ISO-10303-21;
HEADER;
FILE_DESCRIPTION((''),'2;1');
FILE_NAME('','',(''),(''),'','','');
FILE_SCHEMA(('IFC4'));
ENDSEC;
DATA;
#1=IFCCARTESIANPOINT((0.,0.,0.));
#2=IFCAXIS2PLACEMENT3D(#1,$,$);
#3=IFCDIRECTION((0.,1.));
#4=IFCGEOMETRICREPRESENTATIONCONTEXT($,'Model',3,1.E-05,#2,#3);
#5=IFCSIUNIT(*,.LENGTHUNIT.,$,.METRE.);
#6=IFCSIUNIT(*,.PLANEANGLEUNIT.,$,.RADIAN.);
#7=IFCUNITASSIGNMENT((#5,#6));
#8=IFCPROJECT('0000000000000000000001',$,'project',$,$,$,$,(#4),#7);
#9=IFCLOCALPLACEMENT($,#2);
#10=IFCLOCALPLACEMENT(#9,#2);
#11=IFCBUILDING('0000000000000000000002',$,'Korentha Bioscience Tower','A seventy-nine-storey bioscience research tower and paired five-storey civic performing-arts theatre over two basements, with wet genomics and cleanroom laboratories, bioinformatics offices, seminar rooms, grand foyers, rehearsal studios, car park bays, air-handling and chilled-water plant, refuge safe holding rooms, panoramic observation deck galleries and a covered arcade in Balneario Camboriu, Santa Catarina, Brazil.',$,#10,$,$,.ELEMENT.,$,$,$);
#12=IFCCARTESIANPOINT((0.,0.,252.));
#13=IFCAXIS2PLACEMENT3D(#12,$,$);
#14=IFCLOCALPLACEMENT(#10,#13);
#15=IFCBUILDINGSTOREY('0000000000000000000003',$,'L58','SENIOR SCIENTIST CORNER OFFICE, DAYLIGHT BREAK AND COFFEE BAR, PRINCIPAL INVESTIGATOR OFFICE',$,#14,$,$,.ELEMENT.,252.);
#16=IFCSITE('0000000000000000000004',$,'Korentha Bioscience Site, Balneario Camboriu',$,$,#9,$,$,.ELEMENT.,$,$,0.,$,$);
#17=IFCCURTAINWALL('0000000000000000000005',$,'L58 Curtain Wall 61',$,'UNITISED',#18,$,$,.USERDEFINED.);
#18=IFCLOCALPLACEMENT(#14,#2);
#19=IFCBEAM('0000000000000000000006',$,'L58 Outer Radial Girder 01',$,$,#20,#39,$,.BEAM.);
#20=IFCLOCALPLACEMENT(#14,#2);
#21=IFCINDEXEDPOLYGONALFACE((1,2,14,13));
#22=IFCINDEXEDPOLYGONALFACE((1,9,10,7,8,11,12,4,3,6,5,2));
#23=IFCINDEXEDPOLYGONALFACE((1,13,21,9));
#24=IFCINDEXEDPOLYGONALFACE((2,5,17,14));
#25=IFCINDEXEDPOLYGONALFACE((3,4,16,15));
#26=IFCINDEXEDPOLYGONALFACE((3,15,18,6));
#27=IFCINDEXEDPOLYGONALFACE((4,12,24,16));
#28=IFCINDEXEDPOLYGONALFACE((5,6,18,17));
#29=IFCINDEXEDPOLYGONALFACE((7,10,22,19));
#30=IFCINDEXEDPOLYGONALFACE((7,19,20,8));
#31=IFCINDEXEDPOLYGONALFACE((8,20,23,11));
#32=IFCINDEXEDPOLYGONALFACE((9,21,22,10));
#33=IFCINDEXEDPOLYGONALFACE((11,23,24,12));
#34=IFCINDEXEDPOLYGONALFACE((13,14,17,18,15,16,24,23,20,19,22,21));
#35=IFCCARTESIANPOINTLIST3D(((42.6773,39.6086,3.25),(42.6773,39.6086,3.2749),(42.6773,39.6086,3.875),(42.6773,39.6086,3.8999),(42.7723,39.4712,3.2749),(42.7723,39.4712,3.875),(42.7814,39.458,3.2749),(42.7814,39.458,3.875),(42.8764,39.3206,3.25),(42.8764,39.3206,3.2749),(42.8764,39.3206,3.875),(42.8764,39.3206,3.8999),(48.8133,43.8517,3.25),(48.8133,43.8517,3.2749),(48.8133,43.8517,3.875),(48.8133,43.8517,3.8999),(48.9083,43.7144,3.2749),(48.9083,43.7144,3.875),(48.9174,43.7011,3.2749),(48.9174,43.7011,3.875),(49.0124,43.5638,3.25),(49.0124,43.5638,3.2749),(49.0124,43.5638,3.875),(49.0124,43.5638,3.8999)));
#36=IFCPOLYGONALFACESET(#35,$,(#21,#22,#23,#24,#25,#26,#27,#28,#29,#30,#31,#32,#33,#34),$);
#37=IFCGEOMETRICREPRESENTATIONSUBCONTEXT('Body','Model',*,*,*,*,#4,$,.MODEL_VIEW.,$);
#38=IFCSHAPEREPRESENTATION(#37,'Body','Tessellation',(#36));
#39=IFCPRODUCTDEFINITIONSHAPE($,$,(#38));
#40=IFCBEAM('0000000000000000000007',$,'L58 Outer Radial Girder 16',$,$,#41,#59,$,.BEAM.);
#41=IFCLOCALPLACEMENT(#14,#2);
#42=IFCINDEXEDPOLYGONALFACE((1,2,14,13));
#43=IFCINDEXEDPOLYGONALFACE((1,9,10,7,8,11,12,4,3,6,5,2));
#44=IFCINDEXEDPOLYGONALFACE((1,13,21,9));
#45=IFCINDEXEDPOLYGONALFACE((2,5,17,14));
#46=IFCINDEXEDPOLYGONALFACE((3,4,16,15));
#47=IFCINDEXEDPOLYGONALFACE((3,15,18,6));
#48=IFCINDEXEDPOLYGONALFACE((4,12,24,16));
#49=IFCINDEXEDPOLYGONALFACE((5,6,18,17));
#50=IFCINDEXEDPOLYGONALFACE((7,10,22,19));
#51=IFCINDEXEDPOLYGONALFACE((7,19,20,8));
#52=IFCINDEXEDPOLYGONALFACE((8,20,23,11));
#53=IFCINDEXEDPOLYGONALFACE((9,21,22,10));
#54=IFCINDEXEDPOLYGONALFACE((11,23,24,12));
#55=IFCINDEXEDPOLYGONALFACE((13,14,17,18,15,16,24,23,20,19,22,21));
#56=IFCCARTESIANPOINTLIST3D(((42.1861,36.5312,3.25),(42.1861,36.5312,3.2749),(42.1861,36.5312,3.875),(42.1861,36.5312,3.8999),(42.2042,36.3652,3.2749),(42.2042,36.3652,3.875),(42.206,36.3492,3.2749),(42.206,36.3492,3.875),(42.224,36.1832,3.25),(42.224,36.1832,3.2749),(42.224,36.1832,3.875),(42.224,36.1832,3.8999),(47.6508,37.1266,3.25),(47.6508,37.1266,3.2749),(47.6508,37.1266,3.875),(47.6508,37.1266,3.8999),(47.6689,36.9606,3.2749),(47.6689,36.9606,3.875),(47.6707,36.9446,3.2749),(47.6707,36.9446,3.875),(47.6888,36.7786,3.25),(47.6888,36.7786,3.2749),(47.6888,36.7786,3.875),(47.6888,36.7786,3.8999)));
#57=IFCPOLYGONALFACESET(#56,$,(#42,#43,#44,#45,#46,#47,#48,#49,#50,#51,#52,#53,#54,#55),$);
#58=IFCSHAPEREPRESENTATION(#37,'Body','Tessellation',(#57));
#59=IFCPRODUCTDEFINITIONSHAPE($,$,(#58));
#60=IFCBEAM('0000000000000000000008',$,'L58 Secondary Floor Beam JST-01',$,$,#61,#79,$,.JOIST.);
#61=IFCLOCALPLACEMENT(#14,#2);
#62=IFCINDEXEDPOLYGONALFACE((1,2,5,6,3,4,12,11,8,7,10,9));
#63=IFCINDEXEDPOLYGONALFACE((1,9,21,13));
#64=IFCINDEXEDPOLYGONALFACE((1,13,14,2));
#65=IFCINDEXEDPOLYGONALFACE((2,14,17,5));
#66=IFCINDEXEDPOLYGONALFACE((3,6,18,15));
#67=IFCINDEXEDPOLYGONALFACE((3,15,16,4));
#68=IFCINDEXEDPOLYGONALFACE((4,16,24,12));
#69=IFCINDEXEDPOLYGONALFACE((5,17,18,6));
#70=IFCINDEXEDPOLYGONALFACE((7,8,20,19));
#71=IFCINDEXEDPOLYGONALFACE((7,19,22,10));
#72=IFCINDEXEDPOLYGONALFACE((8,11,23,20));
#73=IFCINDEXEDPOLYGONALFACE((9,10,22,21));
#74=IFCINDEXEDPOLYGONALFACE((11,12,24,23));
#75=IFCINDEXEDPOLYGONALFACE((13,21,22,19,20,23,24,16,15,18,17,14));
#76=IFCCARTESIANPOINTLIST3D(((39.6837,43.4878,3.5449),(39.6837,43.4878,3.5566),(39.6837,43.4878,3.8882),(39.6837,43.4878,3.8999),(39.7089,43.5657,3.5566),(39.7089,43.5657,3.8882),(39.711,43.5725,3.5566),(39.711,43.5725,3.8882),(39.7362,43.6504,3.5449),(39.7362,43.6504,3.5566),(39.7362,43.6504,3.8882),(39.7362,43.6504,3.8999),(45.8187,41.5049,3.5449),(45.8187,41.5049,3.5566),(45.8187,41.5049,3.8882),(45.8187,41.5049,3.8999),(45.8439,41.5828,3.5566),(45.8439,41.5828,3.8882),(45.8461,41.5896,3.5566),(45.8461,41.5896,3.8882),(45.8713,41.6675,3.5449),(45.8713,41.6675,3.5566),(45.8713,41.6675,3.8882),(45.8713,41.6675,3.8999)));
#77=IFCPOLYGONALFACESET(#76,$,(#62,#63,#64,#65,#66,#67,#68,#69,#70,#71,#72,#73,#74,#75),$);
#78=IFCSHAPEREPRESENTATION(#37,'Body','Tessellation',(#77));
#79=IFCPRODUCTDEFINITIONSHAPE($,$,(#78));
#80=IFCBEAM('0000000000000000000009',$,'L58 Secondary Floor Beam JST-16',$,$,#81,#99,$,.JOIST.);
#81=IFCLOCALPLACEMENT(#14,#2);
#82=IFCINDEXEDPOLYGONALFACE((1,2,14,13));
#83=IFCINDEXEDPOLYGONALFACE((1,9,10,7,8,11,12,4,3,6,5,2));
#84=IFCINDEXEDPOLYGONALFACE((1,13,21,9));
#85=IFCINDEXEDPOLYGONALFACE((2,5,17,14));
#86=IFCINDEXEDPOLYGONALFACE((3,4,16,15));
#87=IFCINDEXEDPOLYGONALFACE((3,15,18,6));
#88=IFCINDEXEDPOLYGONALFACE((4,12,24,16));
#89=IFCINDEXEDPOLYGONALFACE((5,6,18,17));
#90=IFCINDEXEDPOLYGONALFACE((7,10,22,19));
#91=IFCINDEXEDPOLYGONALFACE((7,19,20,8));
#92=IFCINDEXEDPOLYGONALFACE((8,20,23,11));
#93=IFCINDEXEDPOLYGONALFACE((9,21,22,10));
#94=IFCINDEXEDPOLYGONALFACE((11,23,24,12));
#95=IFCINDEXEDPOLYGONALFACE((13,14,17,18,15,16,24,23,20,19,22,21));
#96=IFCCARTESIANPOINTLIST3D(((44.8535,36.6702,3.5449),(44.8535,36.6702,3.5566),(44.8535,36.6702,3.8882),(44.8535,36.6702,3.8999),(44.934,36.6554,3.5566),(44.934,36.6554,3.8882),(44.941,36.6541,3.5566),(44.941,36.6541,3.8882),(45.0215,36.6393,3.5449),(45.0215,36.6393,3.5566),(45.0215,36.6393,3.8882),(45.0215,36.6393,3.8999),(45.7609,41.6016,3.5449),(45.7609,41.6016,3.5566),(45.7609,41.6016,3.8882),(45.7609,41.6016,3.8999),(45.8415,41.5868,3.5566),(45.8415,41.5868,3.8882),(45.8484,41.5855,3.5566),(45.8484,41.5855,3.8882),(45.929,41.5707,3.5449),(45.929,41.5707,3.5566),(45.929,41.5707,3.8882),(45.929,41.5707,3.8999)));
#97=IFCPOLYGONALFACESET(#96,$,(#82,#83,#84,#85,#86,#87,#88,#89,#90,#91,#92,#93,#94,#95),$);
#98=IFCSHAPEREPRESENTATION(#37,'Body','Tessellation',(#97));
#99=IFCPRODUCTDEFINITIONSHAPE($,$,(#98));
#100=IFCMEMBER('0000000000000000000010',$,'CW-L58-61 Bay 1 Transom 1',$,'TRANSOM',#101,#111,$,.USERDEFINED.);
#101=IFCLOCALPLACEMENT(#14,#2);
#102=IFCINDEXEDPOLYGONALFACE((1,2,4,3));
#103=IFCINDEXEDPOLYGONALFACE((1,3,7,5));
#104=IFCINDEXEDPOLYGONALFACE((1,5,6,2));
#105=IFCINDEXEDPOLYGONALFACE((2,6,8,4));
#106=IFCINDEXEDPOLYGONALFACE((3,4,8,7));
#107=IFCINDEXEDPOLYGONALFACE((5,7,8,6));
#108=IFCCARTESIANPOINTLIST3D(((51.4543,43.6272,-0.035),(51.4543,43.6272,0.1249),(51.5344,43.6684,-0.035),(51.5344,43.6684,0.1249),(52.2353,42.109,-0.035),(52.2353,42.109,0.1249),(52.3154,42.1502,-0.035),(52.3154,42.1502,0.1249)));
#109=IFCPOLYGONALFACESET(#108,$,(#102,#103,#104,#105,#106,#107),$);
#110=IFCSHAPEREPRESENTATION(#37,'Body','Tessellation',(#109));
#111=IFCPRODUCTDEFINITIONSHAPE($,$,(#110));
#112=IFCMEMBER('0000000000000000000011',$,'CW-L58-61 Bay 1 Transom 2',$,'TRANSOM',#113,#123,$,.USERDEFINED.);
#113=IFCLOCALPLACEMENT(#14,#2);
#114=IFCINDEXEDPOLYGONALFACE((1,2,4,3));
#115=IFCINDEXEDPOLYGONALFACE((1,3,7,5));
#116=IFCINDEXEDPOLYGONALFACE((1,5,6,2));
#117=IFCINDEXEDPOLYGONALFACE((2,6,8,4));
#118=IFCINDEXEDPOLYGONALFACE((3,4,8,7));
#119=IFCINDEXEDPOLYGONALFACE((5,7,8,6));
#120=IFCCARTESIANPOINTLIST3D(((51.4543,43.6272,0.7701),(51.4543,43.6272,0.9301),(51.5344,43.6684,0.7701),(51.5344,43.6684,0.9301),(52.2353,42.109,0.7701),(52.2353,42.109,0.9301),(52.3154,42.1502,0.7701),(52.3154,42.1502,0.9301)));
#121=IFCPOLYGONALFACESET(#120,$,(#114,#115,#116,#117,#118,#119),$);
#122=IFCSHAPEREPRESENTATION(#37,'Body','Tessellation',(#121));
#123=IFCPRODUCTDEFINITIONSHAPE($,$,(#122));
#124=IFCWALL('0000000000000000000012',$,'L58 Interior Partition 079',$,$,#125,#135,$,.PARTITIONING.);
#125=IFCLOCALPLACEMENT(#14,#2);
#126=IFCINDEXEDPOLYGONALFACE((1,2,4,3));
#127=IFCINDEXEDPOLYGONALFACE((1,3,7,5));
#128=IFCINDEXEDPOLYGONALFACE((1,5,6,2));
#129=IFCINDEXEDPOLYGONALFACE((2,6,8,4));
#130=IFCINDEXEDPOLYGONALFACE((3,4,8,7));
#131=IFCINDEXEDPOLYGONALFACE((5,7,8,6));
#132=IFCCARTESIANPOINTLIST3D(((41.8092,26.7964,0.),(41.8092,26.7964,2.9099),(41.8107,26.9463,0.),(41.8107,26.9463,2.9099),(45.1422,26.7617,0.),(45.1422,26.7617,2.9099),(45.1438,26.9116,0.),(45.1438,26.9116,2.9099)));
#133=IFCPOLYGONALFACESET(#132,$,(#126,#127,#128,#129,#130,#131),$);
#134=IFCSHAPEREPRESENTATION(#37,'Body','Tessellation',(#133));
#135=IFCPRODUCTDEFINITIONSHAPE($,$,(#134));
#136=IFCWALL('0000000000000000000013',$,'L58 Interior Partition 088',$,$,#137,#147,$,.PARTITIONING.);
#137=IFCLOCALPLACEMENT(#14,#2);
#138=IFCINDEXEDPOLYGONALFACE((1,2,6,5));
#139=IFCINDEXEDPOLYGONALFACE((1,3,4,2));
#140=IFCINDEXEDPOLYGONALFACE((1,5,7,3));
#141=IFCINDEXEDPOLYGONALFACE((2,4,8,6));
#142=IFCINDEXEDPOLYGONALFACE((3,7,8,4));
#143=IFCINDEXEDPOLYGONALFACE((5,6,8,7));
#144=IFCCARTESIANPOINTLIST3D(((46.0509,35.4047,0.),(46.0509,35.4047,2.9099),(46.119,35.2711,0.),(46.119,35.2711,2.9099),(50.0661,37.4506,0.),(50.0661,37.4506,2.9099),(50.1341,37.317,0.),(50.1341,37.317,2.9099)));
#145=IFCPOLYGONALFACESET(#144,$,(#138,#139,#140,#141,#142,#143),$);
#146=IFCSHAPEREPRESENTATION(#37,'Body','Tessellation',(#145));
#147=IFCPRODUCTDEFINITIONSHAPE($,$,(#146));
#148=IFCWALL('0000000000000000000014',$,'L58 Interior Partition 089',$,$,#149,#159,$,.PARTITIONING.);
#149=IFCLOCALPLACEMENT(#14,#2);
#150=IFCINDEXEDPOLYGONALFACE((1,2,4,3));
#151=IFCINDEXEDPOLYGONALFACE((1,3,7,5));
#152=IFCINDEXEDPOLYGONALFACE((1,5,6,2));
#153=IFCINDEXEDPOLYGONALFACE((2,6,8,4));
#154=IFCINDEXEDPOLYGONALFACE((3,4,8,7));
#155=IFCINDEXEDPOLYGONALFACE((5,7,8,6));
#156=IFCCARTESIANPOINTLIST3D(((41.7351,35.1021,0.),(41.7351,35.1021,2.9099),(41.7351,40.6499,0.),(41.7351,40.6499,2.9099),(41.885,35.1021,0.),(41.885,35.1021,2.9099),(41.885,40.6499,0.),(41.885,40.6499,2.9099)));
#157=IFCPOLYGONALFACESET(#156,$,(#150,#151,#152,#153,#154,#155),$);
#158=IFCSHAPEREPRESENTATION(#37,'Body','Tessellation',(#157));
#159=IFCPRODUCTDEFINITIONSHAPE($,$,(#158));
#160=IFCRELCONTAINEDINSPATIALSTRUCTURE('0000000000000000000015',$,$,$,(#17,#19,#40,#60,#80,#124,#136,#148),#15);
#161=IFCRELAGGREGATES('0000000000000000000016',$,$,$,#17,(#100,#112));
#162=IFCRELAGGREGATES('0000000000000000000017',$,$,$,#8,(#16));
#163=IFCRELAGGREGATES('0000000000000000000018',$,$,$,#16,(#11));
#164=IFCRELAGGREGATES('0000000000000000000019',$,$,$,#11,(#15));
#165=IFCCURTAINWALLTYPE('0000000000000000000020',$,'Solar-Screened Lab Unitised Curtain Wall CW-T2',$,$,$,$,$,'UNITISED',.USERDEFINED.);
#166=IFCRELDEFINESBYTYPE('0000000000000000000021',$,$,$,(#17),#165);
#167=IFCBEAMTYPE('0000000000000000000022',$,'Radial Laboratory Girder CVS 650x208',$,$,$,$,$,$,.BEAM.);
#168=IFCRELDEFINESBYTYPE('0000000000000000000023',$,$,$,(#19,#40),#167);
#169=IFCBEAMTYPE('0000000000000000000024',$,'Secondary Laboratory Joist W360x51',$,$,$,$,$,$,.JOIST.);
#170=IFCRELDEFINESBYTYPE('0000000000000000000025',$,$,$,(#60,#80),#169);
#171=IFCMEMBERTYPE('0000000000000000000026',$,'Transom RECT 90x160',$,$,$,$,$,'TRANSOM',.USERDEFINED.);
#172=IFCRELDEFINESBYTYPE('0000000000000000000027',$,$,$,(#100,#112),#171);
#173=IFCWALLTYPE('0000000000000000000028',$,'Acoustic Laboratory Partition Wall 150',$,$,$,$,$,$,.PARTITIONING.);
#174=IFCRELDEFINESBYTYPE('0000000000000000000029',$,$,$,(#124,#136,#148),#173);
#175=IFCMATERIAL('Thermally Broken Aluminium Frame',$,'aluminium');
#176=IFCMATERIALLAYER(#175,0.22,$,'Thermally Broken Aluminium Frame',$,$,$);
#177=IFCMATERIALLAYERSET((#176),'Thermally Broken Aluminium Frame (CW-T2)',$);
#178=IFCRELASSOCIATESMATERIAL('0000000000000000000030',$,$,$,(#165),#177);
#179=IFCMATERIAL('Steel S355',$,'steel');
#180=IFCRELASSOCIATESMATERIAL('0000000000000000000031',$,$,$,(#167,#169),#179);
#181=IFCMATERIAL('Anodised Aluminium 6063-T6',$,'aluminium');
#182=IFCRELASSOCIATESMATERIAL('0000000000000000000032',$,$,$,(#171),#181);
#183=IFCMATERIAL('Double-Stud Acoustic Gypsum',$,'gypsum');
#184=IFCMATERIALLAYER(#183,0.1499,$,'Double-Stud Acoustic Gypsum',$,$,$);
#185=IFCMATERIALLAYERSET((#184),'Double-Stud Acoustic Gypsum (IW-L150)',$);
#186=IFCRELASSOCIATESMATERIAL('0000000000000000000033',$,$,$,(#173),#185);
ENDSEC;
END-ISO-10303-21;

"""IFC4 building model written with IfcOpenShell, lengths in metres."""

from ifc_helpers import new_model, si_unit, direction, frame, frame_2d, origin, origin_2d, place, context, subcontext, project, spatial, rectangle, i_section, extrude, material, layer, layer_set, material_profile, profile_set, type_object, element, aggregate, save


model = new_model("IFC4")

# Units and contexts
model_context = context("Model", 3, precision=1e-05, world=origin(), true_north=direction((0.0, 1.0)))
body_context = subcontext(model_context, "Body", "Model", "MODEL_VIEW")
ifc_project = project(units=[si_unit("LENGTHUNIT", "METRE"), si_unit("PLANEANGLEUNIT", "RADIAN")], contexts=[model_context])

# Site, building, storey
site_placement = place(None, origin())
site = spatial("IfcSite", under=ifc_project, at=site_placement, Name="Korentha Bioscience Site, Balneario Camboriu", CompositionType="ELEMENT", RefElevation=0.0)
building_placement = place(site_placement, origin())
building = spatial("IfcBuilding", under=site, at=building_placement, Name="Korentha Bioscience Tower", Description="A seventy-nine-storey bioscience research tower and paired five-storey civic performing-arts theatre over two basements, with wet genomics and cleanroom laboratories, bioinformatics offices, seminar rooms, grand foyers, rehearsal studios, car park bays, air-handling and chilled-water plant, refuge safe holding rooms, panoramic observation deck galleries and a covered arcade in Balneario Camboriu, Santa Catarina, Brazil.", CompositionType="ELEMENT")
storey_placement = place(building_placement, frame((0.0, 0.0, 252.0)))
storey = spatial("IfcBuildingStorey", under=building, at=storey_placement, Name="L58", Description="SENIOR SCIENTIST CORNER OFFICE, DAYLIGHT BREAK AND COFFEE BAR, PRINCIPAL INVESTIGATOR OFFICE", CompositionType="ELEMENT", Elevation=252.0)

# Shared definitions
ifc_material_1 = material(Name="Steel S355", Category="steel")

# Curtain wall
ifc_material_2 = material(Name="Thermally Broken Aluminium Frame", Category="aluminium")
ifc_layer_1 = layer(ifc_material_2, 0.22, Name="Thermally Broken Aluminium Frame")
ifc_layer_set_1 = layer_set([ifc_layer_1], Name="Thermally Broken Aluminium Frame (CW-T2)")
curtain_wall_type = type_object("IfcCurtainWallType", Name="Solar-Screened Lab Unitised Curtain Wall CW-T2", ElementType="UNITISED", PredefinedType="USERDEFINED", material=ifc_layer_set_1)
curtain_wall_placement = place(storey_placement, origin())
curtain_wall = element("IfcCurtainWall", 1, at=curtain_wall_placement, inside=storey, type_object=curtain_wall_type, Name="L58 Curtain Wall 61", ObjectType="UNITISED", PredefinedType="USERDEFINED")
ifc_material_3 = material(Name="Anodised Aluminium 6063-T6", Category="aluminium")

# Beams
ifc_material_profile_1 = material_profile(ifc_material_1, i_section(OverallWidth=0.3501, OverallDepth=0.6499, WebThickness=0.0161, FlangeThickness=0.0249, at=origin_2d()), Name="Steel S355")
ifc_profile_set_1 = profile_set([ifc_material_profile_1], Name="Steel S355 (RB-650)")
beam_type_1 = type_object("IfcBeamType", Name="Radial Laboratory Girder CVS 650x208", PredefinedType="BEAM", material=ifc_profile_set_1)
beam_1_placement = place(storey_placement, frame((42.7769, 39.4646, 3.575), z_axis=(0.822495, 0.568773, 0.0), x_axis=(-0.568773, 0.822495, 0.0)))
element("IfcBeam", 2, at=beam_1_placement, inside=storey, type_object=beam_type_1, Name="L58 Outer Radial Girder 01", PredefinedType="BEAM", context=body_context, shape_type="SweptSolid", body=[
    extrude(i_section(OverallWidth=0.3501, OverallDepth=0.6499, WebThickness=0.0161, FlangeThickness=0.0249, at=origin_2d()), origin(), (0.0, 0.0, 1.0), 7.4602),
])
beam_2_placement = place(storey_placement, frame((42.2051, 36.3572, 3.575), z_axis=(0.994116, 0.108321, 0.0), x_axis=(-0.108321, 0.994116, 0.0)))
element("IfcBeam", 3, at=beam_2_placement, inside=storey, type_object=beam_type_1, Name="L58 Outer Radial Girder 16", PredefinedType="BEAM", context=body_context, shape_type="SweptSolid", body=[
    extrude(i_section(OverallWidth=0.3501, OverallDepth=0.6499, WebThickness=0.0161, FlangeThickness=0.0249, at=origin_2d()), origin(), (0.0, 0.0, 1.0), 5.4971),
])
ifc_material_profile_2 = material_profile(ifc_material_1, i_section(OverallWidth=0.1709, OverallDepth=0.355, WebThickness=0.0071, FlangeThickness=0.0117, at=origin_2d()), Name="Steel S355")
ifc_profile_set_2 = profile_set([ifc_material_profile_2], Name="Steel S355 (JB-360)")
beam_type_2 = type_object("IfcBeamType", Name="Secondary Laboratory Joist W360x51", PredefinedType="JOIST", material=ifc_profile_set_2)
beam_3_placement = place(storey_placement, frame((45.845, 41.5862, 3.7224), z_axis=(-0.951533, 0.307547, 0.0), x_axis=(-0.307547, -0.951533, 0.0)))
element("IfcBeam", 4, at=beam_3_placement, inside=storey, type_object=beam_type_2, Name="L58 Secondary Floor Beam JST-01", PredefinedType="JOIST", context=body_context, shape_type="SweptSolid", body=[
    extrude(i_section(OverallWidth=0.1709, OverallDepth=0.355, WebThickness=0.0071, FlangeThickness=0.0117, at=origin_2d()), origin(), (0.0, 0.0, 1.0), 6.4475),
])
beam_4_placement = place(storey_placement, frame((44.9375, 36.6548, 3.7224), z_axis=(0.18098, 0.983487, 0.0), x_axis=(-0.983487, 0.18098, 0.0)))
element("IfcBeam", 5, at=beam_4_placement, inside=storey, type_object=beam_type_2, Name="L58 Secondary Floor Beam JST-16", PredefinedType="JOIST", context=body_context, shape_type="SweptSolid", body=[
    extrude(i_section(OverallWidth=0.1709, OverallDepth=0.355, WebThickness=0.0071, FlangeThickness=0.0117, at=origin_2d()), origin(), (0.0, 0.0, 1.0), 5.0142),
])

# Members
ifc_material_profile_3 = material_profile(ifc_material_3, rectangle(XDim=0.0901, YDim=0.1599, at=origin_2d()), Name="Anodised Aluminium 6063-T6")
ifc_profile_set_3 = profile_set([ifc_material_profile_3], Name="Anodised Aluminium 6063-T6 (CW-TRN)")
member_type_1 = type_object("IfcMemberType", Name="Transom RECT 90x160", ElementType="TRANSOM", PredefinedType="USERDEFINED", material=ifc_profile_set_3)
member_1_placement = place(storey_placement, frame((52.2754, 42.1296, 0.0449), z_axis=(-0.45748, 0.88922, 0.0), x_axis=(-0.88922, -0.45748, 0.0)))
member_1 = element("IfcMember", 6, at=member_1_placement, type_object=member_type_1, Name="CW-L58-61 Bay 1 Transom 1", ObjectType="TRANSOM", PredefinedType="USERDEFINED", context=body_context, shape_type="SweptSolid", body=[
    extrude(rectangle(XDim=0.0901, YDim=0.1599, at=origin_2d()), origin(), (0.0, 0.0, 1.0), 1.7073),
])
member_2_placement = place(storey_placement, frame((52.2754, 42.1296, 0.8501), z_axis=(-0.45748, 0.88922, 0.0), x_axis=(-0.88922, -0.45748, 0.0)))
member_2 = element("IfcMember", 7, at=member_2_placement, type_object=member_type_1, Name="CW-L58-61 Bay 1 Transom 2", ObjectType="TRANSOM", PredefinedType="USERDEFINED", context=body_context, shape_type="SweptSolid", body=[
    extrude(rectangle(XDim=0.0901, YDim=0.1599, at=origin_2d()), origin(), (0.0, 0.0, 1.0), 1.7073),
])
aggregate(curtain_wall, [member_1, member_2])

# Shared definitions
ifc_material_4 = material(Name="Double-Stud Acoustic Gypsum", Category="gypsum")
ifc_layer_2 = layer(ifc_material_4, 0.1499, Name="Double-Stud Acoustic Gypsum")
ifc_layer_set_2 = layer_set([ifc_layer_2], Name="Double-Stud Acoustic Gypsum (IW-L150)")
wall_type_1 = type_object("IfcWallType", Name="Acoustic Laboratory Partition Wall 150", PredefinedType="PARTITIONING", material=ifc_layer_set_2)

# Walls
wall_1_placement = place(storey_placement, frame((41.8101, 26.8713, 0.0), z_axis=(0.0, 0.0, 1.0), x_axis=(0.999946, -0.010401, 0.0)))
element("IfcWall", 8, at=wall_1_placement, inside=storey, type_object=wall_type_1, Name="L58 Interior Partition 079", PredefinedType="PARTITIONING", context=body_context, shape_type="SweptSolid", body=[
    extrude(rectangle(XDim=3.3333, YDim=0.1499, at=frame_2d((1.6665, 0.0))), origin(), (0.0, 0.0, 1.0), 2.9099),
])
wall_2_placement = place(storey_placement, frame((50.1001, 37.3838, 0.0), z_axis=(0.0, 0.0, 1.0), x_axis=(-0.890999, -0.454005, 0.0)))
element("IfcWall", 9, at=wall_2_placement, inside=storey, type_object=wall_type_1, Name="L58 Interior Partition 088", PredefinedType="PARTITIONING", context=body_context, shape_type="SweptSolid", body=[
    extrude(rectangle(XDim=4.5063, YDim=0.1499, at=frame_2d((2.2532, 0.0))), origin(), (0.0, 0.0, 1.0), 2.9099),
])
wall_3_placement = place(storey_placement, frame((41.8101, 35.1021, 0.0), z_axis=(0.0, 0.0, 1.0), x_axis=(0.0, 1.0, 0.0)))
element("IfcWall", 10, at=wall_3_placement, inside=storey, type_object=wall_type_1, Name="L58 Interior Partition 089", PredefinedType="PARTITIONING", context=body_context, shape_type="SweptSolid", body=[
    extrude(rectangle(XDim=5.5479, YDim=0.1499, at=frame_2d((2.7739, 0.0))), origin(), (0.0, 0.0, 1.0), 2.9099),
])

save(model, "model.ifc")
